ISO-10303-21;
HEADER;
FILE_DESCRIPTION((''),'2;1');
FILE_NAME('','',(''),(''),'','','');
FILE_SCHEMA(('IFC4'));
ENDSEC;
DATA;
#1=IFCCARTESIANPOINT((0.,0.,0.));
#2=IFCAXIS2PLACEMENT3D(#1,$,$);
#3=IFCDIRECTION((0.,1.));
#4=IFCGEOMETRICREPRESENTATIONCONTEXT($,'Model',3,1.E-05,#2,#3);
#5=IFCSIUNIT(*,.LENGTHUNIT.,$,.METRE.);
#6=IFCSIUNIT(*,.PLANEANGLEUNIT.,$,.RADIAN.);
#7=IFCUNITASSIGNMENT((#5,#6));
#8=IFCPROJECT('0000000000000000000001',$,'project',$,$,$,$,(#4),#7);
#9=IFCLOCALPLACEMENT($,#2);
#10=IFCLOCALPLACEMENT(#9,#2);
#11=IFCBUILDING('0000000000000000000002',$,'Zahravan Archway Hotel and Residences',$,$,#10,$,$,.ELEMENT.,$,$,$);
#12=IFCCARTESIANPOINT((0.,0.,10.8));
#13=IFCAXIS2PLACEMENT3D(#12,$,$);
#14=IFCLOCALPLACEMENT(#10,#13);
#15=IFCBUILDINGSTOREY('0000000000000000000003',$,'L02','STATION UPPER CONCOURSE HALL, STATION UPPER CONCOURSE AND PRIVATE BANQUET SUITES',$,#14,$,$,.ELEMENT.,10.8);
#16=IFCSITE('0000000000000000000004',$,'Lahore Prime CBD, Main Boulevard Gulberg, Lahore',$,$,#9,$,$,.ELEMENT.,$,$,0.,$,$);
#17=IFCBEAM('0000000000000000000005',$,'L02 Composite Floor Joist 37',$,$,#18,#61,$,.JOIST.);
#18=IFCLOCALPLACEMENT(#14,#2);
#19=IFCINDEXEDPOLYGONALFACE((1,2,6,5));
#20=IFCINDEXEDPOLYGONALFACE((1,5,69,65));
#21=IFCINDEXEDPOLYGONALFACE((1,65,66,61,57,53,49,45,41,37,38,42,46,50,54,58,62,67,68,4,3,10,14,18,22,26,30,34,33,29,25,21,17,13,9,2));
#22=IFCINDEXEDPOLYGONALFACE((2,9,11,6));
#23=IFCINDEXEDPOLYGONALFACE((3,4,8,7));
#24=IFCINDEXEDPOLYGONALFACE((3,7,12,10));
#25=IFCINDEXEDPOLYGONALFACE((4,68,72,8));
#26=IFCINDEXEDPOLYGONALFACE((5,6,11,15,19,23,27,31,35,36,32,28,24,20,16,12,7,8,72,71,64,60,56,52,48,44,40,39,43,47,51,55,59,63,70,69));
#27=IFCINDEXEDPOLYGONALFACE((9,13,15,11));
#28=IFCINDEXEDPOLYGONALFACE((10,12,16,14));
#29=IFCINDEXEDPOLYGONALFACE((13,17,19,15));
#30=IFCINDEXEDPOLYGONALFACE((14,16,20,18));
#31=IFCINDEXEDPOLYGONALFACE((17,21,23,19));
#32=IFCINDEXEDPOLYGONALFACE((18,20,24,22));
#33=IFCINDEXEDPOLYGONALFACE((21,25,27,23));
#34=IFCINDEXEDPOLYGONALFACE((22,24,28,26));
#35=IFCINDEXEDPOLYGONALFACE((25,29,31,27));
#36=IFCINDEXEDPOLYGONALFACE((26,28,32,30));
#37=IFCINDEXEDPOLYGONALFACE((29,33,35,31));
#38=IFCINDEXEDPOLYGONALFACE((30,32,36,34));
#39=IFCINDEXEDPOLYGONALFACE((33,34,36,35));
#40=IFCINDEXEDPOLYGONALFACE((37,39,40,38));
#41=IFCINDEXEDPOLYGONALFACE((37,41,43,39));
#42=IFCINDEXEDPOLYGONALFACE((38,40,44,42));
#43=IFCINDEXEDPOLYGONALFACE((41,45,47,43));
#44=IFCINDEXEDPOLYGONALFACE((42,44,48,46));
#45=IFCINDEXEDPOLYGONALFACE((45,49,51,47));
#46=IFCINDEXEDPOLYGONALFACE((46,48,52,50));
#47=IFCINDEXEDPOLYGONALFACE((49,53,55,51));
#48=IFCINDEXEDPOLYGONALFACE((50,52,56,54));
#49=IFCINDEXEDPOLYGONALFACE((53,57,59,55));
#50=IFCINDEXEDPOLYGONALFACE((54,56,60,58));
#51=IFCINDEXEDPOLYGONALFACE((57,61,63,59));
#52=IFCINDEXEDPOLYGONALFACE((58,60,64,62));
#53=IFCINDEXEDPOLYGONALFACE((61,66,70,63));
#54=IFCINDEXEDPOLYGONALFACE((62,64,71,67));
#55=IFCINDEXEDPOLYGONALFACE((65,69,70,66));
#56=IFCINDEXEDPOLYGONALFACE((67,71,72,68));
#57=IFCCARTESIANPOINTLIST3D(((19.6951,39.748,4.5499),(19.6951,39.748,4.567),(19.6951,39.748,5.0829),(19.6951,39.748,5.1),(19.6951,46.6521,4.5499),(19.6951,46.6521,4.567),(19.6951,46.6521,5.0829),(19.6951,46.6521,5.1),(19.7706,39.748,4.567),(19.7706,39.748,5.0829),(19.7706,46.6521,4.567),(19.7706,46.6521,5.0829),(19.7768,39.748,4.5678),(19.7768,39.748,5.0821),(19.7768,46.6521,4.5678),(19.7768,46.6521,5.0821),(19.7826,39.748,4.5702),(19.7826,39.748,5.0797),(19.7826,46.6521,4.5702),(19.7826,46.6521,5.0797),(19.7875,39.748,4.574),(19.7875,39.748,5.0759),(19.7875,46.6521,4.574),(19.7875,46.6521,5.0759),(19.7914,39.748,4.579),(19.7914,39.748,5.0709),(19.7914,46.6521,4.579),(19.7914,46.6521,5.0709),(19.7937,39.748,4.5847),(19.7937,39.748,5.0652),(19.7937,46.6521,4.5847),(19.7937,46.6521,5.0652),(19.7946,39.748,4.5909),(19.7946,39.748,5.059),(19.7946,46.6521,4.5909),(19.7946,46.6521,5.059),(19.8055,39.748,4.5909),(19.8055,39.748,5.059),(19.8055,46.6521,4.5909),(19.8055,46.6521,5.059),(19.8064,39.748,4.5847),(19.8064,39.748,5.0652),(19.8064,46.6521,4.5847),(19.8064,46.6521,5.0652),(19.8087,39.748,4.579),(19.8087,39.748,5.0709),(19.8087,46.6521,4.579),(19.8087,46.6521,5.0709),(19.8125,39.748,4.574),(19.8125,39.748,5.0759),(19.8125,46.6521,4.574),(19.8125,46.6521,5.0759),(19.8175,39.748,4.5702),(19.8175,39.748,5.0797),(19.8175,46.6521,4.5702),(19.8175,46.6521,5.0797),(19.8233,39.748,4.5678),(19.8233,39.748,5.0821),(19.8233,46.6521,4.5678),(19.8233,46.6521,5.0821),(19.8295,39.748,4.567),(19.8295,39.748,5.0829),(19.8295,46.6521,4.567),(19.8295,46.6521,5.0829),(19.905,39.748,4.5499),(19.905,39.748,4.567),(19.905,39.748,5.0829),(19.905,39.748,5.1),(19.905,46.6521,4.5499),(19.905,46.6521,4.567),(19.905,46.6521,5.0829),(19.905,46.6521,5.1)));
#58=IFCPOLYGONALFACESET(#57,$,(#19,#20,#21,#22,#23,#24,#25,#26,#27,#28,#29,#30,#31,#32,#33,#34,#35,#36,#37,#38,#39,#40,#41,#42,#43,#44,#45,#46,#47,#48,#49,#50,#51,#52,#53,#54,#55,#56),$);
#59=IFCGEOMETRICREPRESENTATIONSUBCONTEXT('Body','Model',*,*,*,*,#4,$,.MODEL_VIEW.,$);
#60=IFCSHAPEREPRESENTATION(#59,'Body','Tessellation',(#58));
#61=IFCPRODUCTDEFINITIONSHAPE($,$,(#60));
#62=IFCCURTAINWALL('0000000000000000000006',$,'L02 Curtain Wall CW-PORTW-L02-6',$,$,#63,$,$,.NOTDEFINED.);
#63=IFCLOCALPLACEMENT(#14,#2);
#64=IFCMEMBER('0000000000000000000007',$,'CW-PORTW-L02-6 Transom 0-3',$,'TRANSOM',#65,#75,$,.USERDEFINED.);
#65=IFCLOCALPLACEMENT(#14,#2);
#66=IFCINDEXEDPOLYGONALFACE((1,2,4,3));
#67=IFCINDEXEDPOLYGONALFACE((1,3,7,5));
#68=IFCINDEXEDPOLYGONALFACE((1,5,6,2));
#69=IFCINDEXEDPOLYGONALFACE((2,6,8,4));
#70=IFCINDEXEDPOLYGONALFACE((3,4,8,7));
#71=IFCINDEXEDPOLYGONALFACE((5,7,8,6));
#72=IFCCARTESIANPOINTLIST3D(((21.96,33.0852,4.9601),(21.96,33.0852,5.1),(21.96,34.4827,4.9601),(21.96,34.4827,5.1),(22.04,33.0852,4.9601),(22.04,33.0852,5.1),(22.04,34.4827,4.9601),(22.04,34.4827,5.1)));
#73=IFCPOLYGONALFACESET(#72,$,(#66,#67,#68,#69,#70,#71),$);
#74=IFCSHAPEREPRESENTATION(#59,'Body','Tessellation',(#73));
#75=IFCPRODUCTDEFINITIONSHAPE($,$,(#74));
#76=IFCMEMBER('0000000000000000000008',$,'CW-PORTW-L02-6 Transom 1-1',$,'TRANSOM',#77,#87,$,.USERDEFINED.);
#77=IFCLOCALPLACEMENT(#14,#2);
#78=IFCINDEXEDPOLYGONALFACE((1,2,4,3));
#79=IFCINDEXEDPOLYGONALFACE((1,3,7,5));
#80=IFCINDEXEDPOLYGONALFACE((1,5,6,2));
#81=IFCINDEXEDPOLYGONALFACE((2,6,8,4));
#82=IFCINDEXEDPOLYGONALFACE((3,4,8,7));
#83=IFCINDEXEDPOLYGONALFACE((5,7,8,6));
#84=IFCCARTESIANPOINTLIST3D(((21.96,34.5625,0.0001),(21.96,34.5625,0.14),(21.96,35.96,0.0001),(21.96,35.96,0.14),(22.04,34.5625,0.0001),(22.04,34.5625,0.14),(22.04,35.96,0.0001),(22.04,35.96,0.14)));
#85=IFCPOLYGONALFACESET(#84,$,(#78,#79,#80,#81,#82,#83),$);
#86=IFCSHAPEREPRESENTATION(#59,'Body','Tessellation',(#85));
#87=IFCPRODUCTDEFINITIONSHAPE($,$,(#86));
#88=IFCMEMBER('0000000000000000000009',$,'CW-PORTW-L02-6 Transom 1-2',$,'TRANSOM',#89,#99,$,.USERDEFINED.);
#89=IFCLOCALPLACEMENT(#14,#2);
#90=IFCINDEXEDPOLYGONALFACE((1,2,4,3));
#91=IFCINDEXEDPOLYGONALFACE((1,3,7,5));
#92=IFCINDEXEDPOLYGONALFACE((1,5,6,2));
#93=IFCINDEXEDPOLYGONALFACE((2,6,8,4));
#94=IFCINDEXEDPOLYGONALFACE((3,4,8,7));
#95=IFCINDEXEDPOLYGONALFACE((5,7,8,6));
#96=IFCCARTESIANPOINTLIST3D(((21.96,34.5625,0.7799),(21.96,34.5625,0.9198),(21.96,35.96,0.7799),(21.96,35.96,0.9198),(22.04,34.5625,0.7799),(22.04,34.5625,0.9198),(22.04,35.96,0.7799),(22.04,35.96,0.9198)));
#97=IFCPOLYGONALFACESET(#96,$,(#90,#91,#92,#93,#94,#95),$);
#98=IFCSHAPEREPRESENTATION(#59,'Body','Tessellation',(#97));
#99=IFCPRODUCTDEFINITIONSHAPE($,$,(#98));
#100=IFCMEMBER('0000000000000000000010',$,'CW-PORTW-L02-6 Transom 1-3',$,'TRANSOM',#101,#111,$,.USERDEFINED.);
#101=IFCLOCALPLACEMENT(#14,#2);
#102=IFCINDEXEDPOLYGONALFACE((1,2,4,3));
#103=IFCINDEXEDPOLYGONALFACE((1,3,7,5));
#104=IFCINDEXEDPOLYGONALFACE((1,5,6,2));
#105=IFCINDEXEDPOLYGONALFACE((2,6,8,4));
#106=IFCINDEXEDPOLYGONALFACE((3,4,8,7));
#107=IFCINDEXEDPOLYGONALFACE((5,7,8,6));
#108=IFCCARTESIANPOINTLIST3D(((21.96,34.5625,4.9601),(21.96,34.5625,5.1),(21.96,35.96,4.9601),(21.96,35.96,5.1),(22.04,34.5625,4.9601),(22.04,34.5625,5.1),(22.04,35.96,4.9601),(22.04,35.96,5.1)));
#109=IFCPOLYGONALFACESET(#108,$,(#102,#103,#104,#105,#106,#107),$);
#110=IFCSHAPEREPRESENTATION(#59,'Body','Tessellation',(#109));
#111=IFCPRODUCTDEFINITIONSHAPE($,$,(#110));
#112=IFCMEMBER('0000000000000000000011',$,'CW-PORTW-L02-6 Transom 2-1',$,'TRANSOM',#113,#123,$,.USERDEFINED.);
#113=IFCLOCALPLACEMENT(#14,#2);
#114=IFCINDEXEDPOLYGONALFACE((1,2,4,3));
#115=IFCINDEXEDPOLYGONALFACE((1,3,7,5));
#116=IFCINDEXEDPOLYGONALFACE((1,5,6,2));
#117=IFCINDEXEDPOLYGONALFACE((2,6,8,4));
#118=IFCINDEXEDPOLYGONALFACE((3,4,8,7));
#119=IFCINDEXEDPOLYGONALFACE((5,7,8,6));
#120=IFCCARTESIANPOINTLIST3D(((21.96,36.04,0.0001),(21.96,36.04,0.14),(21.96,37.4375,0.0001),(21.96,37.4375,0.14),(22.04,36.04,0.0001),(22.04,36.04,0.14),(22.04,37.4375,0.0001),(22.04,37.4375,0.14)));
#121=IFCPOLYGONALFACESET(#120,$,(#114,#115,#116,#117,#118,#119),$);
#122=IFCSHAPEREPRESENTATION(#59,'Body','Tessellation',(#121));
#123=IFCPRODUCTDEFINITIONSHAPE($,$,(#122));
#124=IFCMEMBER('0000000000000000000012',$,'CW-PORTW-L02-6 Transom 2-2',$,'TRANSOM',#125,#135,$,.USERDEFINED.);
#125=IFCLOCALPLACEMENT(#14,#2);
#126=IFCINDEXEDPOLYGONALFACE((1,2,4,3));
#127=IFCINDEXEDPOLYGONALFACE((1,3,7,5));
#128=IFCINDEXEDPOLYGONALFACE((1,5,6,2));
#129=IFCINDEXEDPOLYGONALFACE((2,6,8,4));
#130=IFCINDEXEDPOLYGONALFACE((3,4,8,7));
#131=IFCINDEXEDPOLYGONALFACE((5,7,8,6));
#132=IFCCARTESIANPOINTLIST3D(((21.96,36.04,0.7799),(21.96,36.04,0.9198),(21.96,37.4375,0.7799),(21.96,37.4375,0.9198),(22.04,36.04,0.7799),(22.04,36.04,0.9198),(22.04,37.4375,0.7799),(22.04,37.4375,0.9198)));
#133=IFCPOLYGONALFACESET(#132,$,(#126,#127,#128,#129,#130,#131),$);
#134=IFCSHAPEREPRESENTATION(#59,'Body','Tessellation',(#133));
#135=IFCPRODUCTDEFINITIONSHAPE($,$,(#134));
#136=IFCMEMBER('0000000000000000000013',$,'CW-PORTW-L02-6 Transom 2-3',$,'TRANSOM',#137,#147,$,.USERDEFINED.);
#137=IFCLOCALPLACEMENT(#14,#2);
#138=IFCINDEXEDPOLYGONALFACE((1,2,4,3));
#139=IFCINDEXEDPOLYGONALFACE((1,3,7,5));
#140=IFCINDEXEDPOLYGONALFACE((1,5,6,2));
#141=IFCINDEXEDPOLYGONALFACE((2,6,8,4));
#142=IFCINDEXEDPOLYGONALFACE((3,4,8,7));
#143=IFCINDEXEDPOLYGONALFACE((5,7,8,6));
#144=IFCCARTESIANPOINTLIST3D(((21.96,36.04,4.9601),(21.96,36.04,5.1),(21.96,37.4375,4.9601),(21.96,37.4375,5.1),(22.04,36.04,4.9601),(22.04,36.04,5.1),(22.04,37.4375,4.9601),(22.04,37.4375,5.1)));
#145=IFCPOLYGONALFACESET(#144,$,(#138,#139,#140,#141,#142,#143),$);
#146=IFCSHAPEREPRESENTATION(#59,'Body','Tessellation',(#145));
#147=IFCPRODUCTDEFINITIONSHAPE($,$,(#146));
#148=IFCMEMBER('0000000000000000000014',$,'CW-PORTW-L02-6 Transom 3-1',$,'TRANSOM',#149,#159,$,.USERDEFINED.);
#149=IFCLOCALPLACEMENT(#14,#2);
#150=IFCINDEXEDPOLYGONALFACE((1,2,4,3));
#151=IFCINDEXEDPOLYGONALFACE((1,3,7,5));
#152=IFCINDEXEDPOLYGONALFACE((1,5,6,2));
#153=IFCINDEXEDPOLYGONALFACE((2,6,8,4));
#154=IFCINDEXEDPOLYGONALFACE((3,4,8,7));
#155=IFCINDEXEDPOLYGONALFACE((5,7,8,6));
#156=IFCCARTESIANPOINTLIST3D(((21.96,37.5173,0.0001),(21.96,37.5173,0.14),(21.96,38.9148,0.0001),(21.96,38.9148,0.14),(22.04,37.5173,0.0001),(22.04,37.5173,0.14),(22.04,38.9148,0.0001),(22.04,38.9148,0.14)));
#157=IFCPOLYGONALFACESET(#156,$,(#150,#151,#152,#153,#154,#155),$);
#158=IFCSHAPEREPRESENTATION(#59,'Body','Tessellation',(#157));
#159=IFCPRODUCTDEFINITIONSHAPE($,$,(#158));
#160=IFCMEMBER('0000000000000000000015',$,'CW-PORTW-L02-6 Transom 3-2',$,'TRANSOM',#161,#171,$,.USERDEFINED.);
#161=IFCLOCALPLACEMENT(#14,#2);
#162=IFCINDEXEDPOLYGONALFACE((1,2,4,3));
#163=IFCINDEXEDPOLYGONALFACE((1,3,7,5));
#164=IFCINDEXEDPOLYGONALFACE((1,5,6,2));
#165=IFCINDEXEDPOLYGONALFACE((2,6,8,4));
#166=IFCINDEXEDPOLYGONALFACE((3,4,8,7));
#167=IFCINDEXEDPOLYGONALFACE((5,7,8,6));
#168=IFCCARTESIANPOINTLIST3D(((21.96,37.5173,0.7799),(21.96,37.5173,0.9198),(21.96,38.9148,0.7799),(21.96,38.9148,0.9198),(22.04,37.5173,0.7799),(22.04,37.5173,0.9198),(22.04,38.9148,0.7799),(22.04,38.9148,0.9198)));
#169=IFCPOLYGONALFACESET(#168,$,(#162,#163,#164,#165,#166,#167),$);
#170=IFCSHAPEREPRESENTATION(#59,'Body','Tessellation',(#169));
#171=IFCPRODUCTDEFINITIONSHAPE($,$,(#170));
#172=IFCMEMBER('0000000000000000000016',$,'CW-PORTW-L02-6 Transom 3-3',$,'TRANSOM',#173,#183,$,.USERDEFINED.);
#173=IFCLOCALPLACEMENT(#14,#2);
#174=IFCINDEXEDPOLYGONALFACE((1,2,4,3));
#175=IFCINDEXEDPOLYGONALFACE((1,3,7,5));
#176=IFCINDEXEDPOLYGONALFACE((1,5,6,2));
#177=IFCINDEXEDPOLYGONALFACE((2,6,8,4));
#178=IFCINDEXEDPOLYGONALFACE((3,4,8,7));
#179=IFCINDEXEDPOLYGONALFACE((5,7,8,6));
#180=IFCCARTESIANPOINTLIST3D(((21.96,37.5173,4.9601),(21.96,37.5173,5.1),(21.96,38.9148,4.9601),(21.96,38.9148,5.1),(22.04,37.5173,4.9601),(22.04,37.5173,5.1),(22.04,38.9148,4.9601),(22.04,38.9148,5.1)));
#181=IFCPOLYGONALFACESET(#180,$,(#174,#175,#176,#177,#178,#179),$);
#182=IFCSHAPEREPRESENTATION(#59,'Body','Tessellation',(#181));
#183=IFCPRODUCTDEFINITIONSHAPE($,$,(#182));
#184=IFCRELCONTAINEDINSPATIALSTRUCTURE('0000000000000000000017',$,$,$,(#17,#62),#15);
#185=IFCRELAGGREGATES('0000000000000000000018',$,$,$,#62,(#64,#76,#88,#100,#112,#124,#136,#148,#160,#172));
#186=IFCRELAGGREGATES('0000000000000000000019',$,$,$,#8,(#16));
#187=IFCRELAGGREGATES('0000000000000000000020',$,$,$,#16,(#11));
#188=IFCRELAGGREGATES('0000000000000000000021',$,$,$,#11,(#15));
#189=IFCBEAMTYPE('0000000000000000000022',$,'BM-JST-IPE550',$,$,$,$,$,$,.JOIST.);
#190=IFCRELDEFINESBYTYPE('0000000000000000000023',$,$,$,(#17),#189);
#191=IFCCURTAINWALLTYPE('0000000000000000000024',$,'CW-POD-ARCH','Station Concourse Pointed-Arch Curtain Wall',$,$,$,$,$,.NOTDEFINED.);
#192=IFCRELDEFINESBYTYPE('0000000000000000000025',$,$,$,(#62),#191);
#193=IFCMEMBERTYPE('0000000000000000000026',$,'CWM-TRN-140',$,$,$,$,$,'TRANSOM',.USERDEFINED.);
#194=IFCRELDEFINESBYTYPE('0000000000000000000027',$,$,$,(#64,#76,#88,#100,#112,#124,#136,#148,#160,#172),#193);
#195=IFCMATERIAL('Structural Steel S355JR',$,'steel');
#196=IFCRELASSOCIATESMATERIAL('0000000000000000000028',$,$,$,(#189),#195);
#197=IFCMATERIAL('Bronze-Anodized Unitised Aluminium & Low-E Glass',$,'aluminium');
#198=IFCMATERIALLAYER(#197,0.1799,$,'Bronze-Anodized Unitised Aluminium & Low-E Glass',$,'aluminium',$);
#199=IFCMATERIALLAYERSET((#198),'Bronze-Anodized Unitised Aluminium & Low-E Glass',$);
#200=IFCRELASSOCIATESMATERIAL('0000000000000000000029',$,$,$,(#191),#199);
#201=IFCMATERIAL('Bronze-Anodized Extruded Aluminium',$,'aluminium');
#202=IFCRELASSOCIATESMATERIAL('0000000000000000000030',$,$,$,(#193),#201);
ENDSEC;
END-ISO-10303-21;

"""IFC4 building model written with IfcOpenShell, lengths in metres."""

from ifc_helpers import new_model, si_unit, direction, frame, origin, origin_2d, place, context, subcontext, project, spatial, rectangle, i_section, extrude, source, transform, mapped, material, layer, layer_set, material_profile, profile_set, type_object, type_shapes, element, aggregate, save


model = new_model("IFC4")

# Units and contexts
model_context = context("Model", 3, precision=1e-05, world=origin(), true_north=direction((0.0, 1.0)))
body_context = subcontext(model_context, "Body", "Model", "MODEL_VIEW")
ifc_project = project(units=[si_unit("LENGTHUNIT", "METRE"), si_unit("PLANEANGLEUNIT", "RADIAN")], contexts=[model_context])

# Site, building, storey
site_placement = place(None, origin())
site = spatial("IfcSite", under=ifc_project, at=site_placement, Name="Lahore Prime CBD, Main Boulevard Gulberg, Lahore", CompositionType="ELEMENT", RefElevation=0.0)
building_placement = place(site_placement, origin())
building = spatial("IfcBuilding", under=site, at=building_placement, Name="Zahravan Archway Hotel and Residences", CompositionType="ELEMENT")
storey_placement = place(building_placement, frame((0.0, 0.0, 10.8)))
storey = spatial("IfcBuildingStorey", under=building, at=storey_placement, Name="L02", Description="STATION UPPER CONCOURSE HALL, STATION UPPER CONCOURSE AND PRIVATE BANQUET SUITES", CompositionType="ELEMENT", Elevation=10.8)

# Beam
ifc_material_1 = material(Name="Structural Steel S355JR", Category="steel")
ifc_material_profile_1 = material_profile(ifc_material_1, i_section(OverallWidth=0.21, OverallDepth=0.55, WebThickness=0.011, FlangeThickness=0.0171, FilletRadius=0.0239, at=origin_2d()), Name="IPE 550", Category="steel")
ifc_profile_set_1 = profile_set([ifc_material_profile_1], Name="Structural Steel S355JR")
beam_type_1 = type_object("IfcBeamType", Name="BM-JST-IPE550", PredefinedType="JOIST", material=ifc_profile_set_1)
shared_shape_1 = source(origin(), body_context, "Body", "SweptSolid", [
    extrude(i_section(OverallWidth=0.21, OverallDepth=0.55, WebThickness=0.011, FlangeThickness=0.0171, FilletRadius=0.0239, at=origin_2d()), origin(), (0.0, 0.0, 1.0), 6.9041),
])
type_shapes(beam_type_1, [shared_shape_1])
for number, where, z_axis, x_axis, name in (
    (1, (19.8, 39.748, 4.825), (0.0, 1.0, 0.0), (-1.0, 0.0, 0.0), "L02 Composite Floor Joist 37"),
):
    element("IfcBeam", number, at=place(storey_placement, frame(where, z_axis=z_axis, x_axis=x_axis)), inside=storey, type_object=beam_type_1, Name=name, PredefinedType="JOIST", context=body_context, shape_type="MappedRepresentation", body=[
        mapped(shared_shape_1, transform((0.0, 0.0, 0.0), scale=1.0)),
    ])

# Curtain wall, members
ifc_material_2 = material(Name="Bronze-Anodized Unitised Aluminium & Low-E Glass", Category="aluminium")
ifc_layer_1 = layer(ifc_material_2, 0.1799, Name="Bronze-Anodized Unitised Aluminium & Low-E Glass", Category="aluminium")
ifc_layer_set_1 = layer_set([ifc_layer_1], Name="Bronze-Anodized Unitised Aluminium & Low-E Glass")
curtain_wall_type = type_object("IfcCurtainWallType", Name="CW-POD-ARCH", Description="Station Concourse Pointed-Arch Curtain Wall", PredefinedType="NOTDEFINED", material=ifc_layer_set_1)
curtain_wall_1_placement = place(storey_placement, origin())
curtain_wall_1 = element("IfcCurtainWall", 2, at=curtain_wall_1_placement, inside=storey, type_object=curtain_wall_type, Name="L02 Curtain Wall CW-PORTW-L02-6", PredefinedType="NOTDEFINED")
ifc_material_3 = material(Name="Bronze-Anodized Extruded Aluminium", Category="aluminium")
ifc_material_profile_2 = material_profile(ifc_material_3, rectangle(XDim=0.0801, YDim=0.1399, at=origin_2d()), Name="TRN 80x140", Category="aluminium")
ifc_profile_set_2 = profile_set([ifc_material_profile_2], Name="Bronze-Anodized Extruded Aluminium")
member_type_1 = type_object("IfcMemberType", Name="CWM-TRN-140", ElementType="TRANSOM", PredefinedType="USERDEFINED", material=ifc_profile_set_2)
shared_shape_2 = source(origin(), body_context, "Body", "SweptSolid", [
    extrude(rectangle(XDim=0.0801, YDim=0.1399, at=origin_2d()), origin(), (0.0, 0.0, 1.0), 1.3975),
])
member_1_placement = place(storey_placement, frame((22.0, 33.0852, 5.03), z_axis=(0.0, 1.0, 0.0), x_axis=(-1.0, 0.0, 0.0)))
member_1 = element("IfcMember", 3, at=member_1_placement, type_object=member_type_1, Name="CW-PORTW-L02-6 Transom 0-3", ObjectType="TRANSOM", PredefinedType="USERDEFINED", context=body_context, shape_type="MappedRepresentation", body=[
    mapped(shared_shape_2, transform((0.0, 0.0, 0.0), scale=1.0)),
])
member_2_placement = place(storey_placement, frame((22.0, 34.5625, 0.0701), z_axis=(0.0, 1.0, 0.0), x_axis=(-1.0, 0.0, 0.0)))
member_2 = element("IfcMember", 4, at=member_2_placement, type_object=member_type_1, Name="CW-PORTW-L02-6 Transom 1-1", ObjectType="TRANSOM", PredefinedType="USERDEFINED", context=body_context, shape_type="MappedRepresentation", body=[
    mapped(shared_shape_2, transform((0.0, 0.0, 0.0), scale=1.0)),
])
member_3_placement = place(storey_placement, frame((22.0, 34.5625, 0.8499), z_axis=(0.0, 1.0, 0.0), x_axis=(-1.0, 0.0, 0.0)))
member_3 = element("IfcMember", 5, at=member_3_placement, type_object=member_type_1, Name="CW-PORTW-L02-6 Transom 1-2", ObjectType="TRANSOM", PredefinedType="USERDEFINED", context=body_context, shape_type="MappedRepresentation", body=[
    mapped(shared_shape_2, transform((0.0, 0.0, 0.0), scale=1.0)),
])
member_4_placement = place(storey_placement, frame((22.0, 34.5625, 5.03), z_axis=(0.0, 1.0, 0.0), x_axis=(-1.0, 0.0, 0.0)))
member_4 = element("IfcMember", 6, at=member_4_placement, type_object=member_type_1, Name="CW-PORTW-L02-6 Transom 1-3", ObjectType="TRANSOM", PredefinedType="USERDEFINED", context=body_context, shape_type="MappedRepresentation", body=[
    mapped(shared_shape_2, transform((0.0, 0.0, 0.0), scale=1.0)),
])
member_5_placement = place(storey_placement, frame((22.0, 36.04, 0.0701), z_axis=(0.0, 1.0, 0.0), x_axis=(-1.0, 0.0, 0.0)))
member_5 = element("IfcMember", 7, at=member_5_placement, type_object=member_type_1, Name="CW-PORTW-L02-6 Transom 2-1", ObjectType="TRANSOM", PredefinedType="USERDEFINED", context=body_context, shape_type="MappedRepresentation", body=[
    mapped(shared_shape_2, transform((0.0, 0.0, 0.0), scale=1.0)),
])
member_6_placement = place(storey_placement, frame((22.0, 36.04, 0.8499), z_axis=(0.0, 1.0, 0.0), x_axis=(-1.0, 0.0, 0.0)))
member_6 = element("IfcMember", 8, at=member_6_placement, type_object=member_type_1, Name="CW-PORTW-L02-6 Transom 2-2", ObjectType="TRANSOM", PredefinedType="USERDEFINED", context=body_context, shape_type="MappedRepresentation", body=[
    mapped(shared_shape_2, transform((0.0, 0.0, 0.0), scale=1.0)),
])
member_7_placement = place(storey_placement, frame((22.0, 36.04, 5.03), z_axis=(0.0, 1.0, 0.0), x_axis=(-1.0, 0.0, 0.0)))
member_7 = element("IfcMember", 9, at=member_7_placement, type_object=member_type_1, Name="CW-PORTW-L02-6 Transom 2-3", ObjectType="TRANSOM", PredefinedType="USERDEFINED", context=body_context, shape_type="MappedRepresentation", body=[
    mapped(shared_shape_2, transform((0.0, 0.0, 0.0), scale=1.0)),
])
member_8_placement = place(storey_placement, frame((22.0, 37.5173, 0.0701), z_axis=(0.0, 1.0, 0.0), x_axis=(-1.0, 0.0, 0.0)))
member_8 = element("IfcMember", 10, at=member_8_placement, type_object=member_type_1, Name="CW-PORTW-L02-6 Transom 3-1", ObjectType="TRANSOM", PredefinedType="USERDEFINED", context=body_context, shape_type="MappedRepresentation", body=[
    mapped(shared_shape_2, transform((0.0, 0.0, 0.0), scale=1.0)),
])
member_9_placement = place(storey_placement, frame((22.0, 37.5173, 0.8499), z_axis=(0.0, 1.0, 0.0), x_axis=(-1.0, 0.0, 0.0)))
member_9 = element("IfcMember", 11, at=member_9_placement, type_object=member_type_1, Name="CW-PORTW-L02-6 Transom 3-2", ObjectType="TRANSOM", PredefinedType="USERDEFINED", context=body_context, shape_type="MappedRepresentation", body=[
    mapped(shared_shape_2, transform((0.0, 0.0, 0.0), scale=1.0)),
])
member_10_placement = place(storey_placement, frame((22.0, 37.5173, 5.03), z_axis=(0.0, 1.0, 0.0), x_axis=(-1.0, 0.0, 0.0)))
member_10 = element("IfcMember", 12, at=member_10_placement, type_object=member_type_1, Name="CW-PORTW-L02-6 Transom 3-3", ObjectType="TRANSOM", PredefinedType="USERDEFINED", context=body_context, shape_type="MappedRepresentation", body=[
    mapped(shared_shape_2, transform((0.0, 0.0, 0.0), scale=1.0)),
])

aggregate(curtain_wall_1, [member_1, member_2, member_3, member_4, member_5, member_6, member_7, member_8, member_9, member_10])

save(model, "model.ifc")
